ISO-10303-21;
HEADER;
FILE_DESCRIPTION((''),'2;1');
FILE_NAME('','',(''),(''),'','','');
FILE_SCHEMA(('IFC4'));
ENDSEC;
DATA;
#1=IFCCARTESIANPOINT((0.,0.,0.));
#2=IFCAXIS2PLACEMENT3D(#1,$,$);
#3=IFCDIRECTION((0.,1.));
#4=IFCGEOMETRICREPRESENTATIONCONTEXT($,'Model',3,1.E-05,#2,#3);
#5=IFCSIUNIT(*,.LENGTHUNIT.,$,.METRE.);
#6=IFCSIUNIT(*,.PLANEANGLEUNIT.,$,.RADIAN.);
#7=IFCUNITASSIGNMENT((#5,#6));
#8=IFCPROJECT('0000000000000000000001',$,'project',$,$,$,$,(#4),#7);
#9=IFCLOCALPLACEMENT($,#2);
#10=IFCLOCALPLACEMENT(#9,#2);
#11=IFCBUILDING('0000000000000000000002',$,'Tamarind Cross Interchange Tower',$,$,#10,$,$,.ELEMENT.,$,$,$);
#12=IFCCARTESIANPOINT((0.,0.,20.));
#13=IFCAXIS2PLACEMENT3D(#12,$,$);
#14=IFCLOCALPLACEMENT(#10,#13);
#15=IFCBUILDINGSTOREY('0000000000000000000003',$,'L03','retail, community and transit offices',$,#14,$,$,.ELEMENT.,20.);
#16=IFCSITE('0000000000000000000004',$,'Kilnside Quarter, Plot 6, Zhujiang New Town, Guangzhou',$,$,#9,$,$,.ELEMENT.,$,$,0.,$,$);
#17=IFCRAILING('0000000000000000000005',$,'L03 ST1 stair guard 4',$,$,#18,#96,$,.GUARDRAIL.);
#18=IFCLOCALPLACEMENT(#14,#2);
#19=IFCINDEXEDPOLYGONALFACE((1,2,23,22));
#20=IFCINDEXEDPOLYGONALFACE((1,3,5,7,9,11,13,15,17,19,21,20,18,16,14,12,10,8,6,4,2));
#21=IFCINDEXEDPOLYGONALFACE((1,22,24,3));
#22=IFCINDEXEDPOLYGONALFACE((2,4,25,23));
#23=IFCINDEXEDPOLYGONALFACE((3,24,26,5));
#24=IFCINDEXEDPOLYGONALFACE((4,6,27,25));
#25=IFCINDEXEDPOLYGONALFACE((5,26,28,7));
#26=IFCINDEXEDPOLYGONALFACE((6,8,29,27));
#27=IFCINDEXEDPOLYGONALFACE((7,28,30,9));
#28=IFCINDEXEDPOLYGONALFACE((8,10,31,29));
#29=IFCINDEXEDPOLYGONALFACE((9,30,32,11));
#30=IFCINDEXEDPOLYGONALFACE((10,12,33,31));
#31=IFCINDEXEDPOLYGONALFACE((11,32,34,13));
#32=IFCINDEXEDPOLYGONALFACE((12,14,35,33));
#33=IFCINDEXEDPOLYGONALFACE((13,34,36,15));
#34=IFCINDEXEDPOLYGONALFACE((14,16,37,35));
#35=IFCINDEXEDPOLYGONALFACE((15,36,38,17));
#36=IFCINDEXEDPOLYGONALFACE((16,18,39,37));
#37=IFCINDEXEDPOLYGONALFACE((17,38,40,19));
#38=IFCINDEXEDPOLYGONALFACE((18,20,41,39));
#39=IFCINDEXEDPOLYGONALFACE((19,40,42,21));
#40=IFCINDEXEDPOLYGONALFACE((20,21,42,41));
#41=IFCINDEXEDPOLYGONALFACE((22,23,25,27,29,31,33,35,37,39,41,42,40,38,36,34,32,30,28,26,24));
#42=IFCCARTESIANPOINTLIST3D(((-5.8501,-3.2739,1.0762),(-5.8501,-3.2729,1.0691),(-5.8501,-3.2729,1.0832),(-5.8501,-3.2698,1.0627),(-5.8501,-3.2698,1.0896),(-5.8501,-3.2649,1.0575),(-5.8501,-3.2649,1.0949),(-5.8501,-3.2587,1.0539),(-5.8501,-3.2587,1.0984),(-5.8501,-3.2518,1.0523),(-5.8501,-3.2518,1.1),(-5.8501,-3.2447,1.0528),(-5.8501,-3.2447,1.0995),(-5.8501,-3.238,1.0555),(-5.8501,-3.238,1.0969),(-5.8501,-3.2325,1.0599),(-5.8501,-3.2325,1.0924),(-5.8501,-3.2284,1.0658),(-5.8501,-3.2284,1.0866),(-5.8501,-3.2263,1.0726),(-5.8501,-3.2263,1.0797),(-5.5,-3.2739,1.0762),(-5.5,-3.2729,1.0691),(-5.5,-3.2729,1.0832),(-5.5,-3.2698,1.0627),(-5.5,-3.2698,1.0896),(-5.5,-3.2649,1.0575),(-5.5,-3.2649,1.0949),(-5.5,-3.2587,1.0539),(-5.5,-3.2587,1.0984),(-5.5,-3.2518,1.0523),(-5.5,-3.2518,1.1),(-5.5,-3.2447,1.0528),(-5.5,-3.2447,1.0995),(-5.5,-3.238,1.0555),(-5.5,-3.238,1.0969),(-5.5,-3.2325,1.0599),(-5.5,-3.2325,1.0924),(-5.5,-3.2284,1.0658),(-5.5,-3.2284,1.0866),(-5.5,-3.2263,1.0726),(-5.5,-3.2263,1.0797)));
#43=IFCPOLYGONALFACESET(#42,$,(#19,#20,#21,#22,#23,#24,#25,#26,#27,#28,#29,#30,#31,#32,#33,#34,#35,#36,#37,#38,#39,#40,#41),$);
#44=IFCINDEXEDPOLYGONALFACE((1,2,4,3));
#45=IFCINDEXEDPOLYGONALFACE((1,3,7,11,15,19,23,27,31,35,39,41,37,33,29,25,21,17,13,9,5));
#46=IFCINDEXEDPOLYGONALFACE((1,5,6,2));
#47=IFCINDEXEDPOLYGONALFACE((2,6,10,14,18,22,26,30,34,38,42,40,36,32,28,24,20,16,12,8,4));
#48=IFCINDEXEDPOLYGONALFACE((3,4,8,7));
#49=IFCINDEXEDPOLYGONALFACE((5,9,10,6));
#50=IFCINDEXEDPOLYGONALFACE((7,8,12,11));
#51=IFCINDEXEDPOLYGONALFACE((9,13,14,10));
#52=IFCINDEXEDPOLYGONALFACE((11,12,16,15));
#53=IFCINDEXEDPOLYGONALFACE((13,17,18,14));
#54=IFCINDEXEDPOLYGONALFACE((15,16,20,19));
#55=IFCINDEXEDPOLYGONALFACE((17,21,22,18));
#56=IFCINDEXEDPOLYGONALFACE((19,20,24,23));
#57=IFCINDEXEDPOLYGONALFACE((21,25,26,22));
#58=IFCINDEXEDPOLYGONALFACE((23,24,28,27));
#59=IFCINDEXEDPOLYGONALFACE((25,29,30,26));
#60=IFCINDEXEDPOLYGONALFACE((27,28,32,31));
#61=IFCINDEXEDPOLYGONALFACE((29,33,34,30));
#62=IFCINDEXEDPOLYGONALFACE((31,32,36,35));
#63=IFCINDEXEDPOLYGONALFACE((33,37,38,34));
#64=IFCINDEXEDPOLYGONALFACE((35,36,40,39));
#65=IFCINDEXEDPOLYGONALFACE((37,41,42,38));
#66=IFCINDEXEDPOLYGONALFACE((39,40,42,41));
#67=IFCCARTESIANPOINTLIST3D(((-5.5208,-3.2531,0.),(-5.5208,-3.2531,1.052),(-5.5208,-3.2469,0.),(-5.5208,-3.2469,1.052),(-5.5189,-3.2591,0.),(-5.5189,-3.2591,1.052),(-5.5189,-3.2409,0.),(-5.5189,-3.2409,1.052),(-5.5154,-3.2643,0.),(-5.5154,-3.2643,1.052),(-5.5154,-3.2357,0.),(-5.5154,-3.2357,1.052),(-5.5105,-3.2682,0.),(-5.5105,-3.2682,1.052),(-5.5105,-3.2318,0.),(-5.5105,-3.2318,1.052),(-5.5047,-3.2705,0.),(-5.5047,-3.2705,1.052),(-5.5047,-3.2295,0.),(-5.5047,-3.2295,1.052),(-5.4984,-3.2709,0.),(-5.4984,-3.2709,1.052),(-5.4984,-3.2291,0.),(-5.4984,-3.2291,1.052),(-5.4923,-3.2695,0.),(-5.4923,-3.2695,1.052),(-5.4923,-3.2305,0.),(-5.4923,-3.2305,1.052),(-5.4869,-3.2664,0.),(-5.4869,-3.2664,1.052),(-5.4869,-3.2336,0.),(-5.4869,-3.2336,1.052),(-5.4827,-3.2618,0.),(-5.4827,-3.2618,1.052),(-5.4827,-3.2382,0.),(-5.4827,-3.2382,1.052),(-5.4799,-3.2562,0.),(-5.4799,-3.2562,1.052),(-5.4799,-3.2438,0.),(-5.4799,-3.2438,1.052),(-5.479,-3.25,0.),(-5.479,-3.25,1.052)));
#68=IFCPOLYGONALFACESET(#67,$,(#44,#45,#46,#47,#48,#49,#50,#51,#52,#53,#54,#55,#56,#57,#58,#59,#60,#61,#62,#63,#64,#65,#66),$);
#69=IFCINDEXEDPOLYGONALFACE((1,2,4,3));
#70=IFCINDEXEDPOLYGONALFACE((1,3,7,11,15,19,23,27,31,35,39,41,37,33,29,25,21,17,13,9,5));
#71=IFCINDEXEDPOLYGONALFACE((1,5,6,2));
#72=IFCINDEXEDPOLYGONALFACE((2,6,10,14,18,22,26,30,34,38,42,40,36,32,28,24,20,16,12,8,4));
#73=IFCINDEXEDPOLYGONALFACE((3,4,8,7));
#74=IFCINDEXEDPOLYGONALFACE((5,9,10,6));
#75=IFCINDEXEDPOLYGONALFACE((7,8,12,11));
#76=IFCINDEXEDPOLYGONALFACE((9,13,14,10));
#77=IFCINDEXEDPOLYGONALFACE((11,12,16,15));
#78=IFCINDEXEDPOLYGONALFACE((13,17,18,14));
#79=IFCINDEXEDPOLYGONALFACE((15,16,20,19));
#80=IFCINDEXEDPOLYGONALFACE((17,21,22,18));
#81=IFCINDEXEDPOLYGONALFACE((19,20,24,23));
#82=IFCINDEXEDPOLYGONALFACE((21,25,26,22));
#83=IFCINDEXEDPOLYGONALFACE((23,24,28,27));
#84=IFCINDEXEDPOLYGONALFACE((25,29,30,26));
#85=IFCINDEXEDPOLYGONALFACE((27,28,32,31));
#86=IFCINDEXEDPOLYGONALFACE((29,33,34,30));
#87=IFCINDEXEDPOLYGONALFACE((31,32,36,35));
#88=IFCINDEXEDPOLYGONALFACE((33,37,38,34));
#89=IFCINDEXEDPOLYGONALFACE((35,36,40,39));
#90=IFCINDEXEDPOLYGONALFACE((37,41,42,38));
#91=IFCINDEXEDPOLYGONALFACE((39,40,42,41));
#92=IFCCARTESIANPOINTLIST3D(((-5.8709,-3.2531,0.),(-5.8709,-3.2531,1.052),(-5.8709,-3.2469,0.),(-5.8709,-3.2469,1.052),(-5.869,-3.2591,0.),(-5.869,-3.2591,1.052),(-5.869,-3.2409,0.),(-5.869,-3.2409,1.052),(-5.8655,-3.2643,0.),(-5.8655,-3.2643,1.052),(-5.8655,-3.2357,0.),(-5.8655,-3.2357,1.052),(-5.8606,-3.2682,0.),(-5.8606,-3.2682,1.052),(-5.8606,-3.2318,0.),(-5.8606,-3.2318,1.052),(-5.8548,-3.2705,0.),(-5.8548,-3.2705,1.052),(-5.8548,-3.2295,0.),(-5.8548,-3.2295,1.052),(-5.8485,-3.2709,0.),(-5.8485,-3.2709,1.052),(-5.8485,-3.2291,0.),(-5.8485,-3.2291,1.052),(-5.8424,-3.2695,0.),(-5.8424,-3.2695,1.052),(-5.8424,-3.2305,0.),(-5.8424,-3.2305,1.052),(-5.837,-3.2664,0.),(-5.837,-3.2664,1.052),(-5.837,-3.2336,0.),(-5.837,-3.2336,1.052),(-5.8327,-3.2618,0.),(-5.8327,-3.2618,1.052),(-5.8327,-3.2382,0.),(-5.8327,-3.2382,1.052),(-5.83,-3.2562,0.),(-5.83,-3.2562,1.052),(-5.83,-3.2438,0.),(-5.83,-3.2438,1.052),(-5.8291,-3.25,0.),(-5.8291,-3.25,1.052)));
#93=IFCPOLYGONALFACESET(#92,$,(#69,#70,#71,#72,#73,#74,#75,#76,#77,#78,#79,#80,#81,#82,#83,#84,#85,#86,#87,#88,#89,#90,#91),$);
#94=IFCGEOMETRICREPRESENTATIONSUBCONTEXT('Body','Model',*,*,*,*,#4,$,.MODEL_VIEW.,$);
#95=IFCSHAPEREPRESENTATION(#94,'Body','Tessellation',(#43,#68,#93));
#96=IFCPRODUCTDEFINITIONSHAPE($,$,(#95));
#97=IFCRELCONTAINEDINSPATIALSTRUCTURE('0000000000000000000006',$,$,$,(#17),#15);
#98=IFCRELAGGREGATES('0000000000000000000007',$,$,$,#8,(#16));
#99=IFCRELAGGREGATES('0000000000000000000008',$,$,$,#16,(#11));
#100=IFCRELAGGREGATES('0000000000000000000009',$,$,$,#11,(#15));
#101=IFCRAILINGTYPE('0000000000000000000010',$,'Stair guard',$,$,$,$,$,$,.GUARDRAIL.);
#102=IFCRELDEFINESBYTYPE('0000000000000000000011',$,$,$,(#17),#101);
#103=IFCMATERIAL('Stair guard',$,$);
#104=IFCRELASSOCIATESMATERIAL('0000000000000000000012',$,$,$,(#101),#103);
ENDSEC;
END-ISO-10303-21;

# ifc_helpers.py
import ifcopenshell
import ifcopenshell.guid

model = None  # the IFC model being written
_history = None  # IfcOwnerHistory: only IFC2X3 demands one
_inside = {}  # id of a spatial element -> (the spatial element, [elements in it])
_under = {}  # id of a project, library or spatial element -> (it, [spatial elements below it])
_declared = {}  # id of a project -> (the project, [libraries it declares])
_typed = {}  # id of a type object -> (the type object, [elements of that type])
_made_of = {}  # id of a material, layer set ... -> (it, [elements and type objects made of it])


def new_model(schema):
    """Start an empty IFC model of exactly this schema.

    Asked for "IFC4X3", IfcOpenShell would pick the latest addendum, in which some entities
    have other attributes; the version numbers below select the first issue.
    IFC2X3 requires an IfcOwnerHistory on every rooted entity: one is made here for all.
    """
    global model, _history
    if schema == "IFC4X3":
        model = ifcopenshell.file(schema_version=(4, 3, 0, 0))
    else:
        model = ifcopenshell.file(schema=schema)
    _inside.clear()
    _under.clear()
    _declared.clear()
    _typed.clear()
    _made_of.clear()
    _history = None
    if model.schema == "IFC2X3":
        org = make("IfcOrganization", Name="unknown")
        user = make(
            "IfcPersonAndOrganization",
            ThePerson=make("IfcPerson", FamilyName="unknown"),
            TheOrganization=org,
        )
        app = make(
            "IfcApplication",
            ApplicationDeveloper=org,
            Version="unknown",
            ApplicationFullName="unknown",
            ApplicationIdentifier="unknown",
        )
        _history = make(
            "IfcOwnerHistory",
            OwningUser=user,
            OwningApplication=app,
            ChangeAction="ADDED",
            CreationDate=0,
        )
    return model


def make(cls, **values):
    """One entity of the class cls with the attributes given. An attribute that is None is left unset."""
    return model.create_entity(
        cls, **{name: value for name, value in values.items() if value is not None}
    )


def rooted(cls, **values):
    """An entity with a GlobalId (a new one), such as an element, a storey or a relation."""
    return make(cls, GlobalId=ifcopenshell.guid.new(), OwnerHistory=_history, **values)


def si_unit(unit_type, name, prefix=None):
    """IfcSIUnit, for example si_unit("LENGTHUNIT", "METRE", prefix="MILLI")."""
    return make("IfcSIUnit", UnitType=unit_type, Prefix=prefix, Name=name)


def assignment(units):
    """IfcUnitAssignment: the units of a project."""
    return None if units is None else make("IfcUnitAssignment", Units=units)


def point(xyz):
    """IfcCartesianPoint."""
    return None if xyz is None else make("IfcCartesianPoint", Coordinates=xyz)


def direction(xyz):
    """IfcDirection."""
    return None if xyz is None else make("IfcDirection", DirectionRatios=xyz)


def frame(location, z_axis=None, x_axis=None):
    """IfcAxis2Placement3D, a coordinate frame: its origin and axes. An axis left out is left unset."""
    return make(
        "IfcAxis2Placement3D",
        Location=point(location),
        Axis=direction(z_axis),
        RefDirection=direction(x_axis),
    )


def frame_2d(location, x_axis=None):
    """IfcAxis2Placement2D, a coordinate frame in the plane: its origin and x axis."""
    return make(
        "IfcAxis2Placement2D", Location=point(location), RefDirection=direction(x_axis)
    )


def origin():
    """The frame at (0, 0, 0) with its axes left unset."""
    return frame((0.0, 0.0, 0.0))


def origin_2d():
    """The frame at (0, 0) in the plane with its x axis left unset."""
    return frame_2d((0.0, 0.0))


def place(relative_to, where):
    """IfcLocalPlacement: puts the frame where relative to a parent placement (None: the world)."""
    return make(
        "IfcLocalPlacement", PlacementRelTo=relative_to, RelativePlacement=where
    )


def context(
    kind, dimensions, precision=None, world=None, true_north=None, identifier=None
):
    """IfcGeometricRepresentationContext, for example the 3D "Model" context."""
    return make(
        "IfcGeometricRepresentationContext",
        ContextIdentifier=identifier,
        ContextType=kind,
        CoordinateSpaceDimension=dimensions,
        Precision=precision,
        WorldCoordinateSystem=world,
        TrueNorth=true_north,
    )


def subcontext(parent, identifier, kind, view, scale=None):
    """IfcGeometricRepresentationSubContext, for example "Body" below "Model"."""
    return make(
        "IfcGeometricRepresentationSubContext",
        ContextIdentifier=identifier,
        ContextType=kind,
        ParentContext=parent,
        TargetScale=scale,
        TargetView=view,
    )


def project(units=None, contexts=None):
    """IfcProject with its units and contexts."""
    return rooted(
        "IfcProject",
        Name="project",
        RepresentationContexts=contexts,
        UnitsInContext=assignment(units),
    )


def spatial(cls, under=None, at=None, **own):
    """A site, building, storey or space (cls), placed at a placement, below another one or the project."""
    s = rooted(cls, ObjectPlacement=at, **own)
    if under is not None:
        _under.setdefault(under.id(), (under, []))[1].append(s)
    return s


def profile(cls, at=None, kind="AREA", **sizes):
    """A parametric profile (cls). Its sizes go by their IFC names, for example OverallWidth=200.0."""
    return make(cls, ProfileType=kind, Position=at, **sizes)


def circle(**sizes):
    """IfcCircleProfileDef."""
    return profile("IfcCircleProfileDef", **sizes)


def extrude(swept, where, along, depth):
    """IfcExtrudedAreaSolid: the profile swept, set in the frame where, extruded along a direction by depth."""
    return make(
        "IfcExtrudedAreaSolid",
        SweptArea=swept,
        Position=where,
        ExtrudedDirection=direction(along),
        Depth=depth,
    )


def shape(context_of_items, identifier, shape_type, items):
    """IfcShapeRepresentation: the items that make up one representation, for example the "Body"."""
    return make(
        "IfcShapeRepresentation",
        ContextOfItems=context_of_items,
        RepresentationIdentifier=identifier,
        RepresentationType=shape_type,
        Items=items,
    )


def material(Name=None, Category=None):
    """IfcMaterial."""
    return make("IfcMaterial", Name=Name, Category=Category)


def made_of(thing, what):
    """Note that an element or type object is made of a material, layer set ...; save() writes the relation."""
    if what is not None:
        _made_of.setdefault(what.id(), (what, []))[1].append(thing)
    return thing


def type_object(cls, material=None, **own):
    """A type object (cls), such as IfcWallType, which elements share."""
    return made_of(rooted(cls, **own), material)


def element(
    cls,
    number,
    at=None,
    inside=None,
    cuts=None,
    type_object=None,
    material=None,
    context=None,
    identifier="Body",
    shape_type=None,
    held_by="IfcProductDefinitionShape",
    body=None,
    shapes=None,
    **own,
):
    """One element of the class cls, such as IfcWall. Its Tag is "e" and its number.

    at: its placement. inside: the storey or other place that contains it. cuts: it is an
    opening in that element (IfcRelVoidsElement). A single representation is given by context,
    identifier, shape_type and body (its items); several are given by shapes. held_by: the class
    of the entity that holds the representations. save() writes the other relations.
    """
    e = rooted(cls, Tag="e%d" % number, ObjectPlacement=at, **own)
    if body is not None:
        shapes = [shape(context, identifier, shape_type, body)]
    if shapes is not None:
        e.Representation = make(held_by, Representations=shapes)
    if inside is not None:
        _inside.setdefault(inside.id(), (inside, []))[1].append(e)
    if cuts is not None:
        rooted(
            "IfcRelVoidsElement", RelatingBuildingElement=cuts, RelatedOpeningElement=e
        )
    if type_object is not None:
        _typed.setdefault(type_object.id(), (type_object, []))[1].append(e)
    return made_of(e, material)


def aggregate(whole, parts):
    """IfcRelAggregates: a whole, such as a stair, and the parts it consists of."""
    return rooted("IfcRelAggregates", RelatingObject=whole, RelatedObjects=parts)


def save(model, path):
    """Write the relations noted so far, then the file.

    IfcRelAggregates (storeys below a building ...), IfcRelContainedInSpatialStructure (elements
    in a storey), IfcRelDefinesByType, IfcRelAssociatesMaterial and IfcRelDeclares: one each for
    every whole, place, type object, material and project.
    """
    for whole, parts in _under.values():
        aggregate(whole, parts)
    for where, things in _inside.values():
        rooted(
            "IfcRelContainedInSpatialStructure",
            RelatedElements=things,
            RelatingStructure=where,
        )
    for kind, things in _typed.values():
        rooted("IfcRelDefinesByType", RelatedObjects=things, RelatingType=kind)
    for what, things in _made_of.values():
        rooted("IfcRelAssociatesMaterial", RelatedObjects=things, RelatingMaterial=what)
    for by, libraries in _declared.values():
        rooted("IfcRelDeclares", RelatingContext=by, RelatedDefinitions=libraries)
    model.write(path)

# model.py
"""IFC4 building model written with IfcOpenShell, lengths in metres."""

from ifc_helpers import new_model, si_unit, direction, frame, origin, origin_2d, place, context, subcontext, project, spatial, circle, extrude, material, type_object, element, save


model = new_model("IFC4")

# Units and contexts
model_context = context("Model", 3, precision=1e-05, world=origin(), true_north=direction((0.0, 1.0)))
body_context = subcontext(model_context, "Body", "Model", "MODEL_VIEW")
ifc_project = project(units=[si_unit("LENGTHUNIT", "METRE"), si_unit("PLANEANGLEUNIT", "RADIAN")], contexts=[model_context])

# Site, building, storey
site_placement = place(None, origin())
site = spatial("IfcSite", under=ifc_project, at=site_placement, Name="Kilnside Quarter, Plot 6, Zhujiang New Town, Guangzhou", CompositionType="ELEMENT", RefElevation=0.0)
building_placement = place(site_placement, origin())
building = spatial("IfcBuilding", under=site, at=building_placement, Name="Tamarind Cross Interchange Tower", CompositionType="ELEMENT")
storey_placement = place(building_placement, frame((0.0, 0.0, 20.0)))
storey = spatial("IfcBuildingStorey", under=building, at=storey_placement, Name="L03", Description="retail, community and transit offices", CompositionType="ELEMENT", Elevation=20.0)

# Railing
ifc_material_1 = material(Name="Stair guard")
railing_type_1 = type_object("IfcRailingType", Name="Stair guard", PredefinedType="GUARDRAIL", material=ifc_material_1)
railing_1_placement = place(storey_placement, frame((-5.5, -3.25, 0.0)))
element("IfcRailing", 1, at=railing_1_placement, inside=storey, type_object=railing_type_1, Name="L03 ST1 stair guard 4", PredefinedType="GUARDRAIL", context=body_context, shape_type="SweptSolid", body=[
    extrude(circle(Radius=0.0239, at=origin_2d()), frame((0.0, 0.0, 1.0762), z_axis=(-1.0, 0.0, 0.0), x_axis=(0.0, -1.0, 0.0)), (0.0, 0.0, 1.0), 0.3501),
    extrude(circle(Radius=0.021, at=origin_2d()), origin(), (0.0, 0.0, 1.0), 1.052),
    extrude(circle(Radius=0.021, at=origin_2d()), frame((-0.3501, 0.0, 0.0)), (0.0, 0.0, 1.0), 1.052),
])

save(model, "model.ifc")
